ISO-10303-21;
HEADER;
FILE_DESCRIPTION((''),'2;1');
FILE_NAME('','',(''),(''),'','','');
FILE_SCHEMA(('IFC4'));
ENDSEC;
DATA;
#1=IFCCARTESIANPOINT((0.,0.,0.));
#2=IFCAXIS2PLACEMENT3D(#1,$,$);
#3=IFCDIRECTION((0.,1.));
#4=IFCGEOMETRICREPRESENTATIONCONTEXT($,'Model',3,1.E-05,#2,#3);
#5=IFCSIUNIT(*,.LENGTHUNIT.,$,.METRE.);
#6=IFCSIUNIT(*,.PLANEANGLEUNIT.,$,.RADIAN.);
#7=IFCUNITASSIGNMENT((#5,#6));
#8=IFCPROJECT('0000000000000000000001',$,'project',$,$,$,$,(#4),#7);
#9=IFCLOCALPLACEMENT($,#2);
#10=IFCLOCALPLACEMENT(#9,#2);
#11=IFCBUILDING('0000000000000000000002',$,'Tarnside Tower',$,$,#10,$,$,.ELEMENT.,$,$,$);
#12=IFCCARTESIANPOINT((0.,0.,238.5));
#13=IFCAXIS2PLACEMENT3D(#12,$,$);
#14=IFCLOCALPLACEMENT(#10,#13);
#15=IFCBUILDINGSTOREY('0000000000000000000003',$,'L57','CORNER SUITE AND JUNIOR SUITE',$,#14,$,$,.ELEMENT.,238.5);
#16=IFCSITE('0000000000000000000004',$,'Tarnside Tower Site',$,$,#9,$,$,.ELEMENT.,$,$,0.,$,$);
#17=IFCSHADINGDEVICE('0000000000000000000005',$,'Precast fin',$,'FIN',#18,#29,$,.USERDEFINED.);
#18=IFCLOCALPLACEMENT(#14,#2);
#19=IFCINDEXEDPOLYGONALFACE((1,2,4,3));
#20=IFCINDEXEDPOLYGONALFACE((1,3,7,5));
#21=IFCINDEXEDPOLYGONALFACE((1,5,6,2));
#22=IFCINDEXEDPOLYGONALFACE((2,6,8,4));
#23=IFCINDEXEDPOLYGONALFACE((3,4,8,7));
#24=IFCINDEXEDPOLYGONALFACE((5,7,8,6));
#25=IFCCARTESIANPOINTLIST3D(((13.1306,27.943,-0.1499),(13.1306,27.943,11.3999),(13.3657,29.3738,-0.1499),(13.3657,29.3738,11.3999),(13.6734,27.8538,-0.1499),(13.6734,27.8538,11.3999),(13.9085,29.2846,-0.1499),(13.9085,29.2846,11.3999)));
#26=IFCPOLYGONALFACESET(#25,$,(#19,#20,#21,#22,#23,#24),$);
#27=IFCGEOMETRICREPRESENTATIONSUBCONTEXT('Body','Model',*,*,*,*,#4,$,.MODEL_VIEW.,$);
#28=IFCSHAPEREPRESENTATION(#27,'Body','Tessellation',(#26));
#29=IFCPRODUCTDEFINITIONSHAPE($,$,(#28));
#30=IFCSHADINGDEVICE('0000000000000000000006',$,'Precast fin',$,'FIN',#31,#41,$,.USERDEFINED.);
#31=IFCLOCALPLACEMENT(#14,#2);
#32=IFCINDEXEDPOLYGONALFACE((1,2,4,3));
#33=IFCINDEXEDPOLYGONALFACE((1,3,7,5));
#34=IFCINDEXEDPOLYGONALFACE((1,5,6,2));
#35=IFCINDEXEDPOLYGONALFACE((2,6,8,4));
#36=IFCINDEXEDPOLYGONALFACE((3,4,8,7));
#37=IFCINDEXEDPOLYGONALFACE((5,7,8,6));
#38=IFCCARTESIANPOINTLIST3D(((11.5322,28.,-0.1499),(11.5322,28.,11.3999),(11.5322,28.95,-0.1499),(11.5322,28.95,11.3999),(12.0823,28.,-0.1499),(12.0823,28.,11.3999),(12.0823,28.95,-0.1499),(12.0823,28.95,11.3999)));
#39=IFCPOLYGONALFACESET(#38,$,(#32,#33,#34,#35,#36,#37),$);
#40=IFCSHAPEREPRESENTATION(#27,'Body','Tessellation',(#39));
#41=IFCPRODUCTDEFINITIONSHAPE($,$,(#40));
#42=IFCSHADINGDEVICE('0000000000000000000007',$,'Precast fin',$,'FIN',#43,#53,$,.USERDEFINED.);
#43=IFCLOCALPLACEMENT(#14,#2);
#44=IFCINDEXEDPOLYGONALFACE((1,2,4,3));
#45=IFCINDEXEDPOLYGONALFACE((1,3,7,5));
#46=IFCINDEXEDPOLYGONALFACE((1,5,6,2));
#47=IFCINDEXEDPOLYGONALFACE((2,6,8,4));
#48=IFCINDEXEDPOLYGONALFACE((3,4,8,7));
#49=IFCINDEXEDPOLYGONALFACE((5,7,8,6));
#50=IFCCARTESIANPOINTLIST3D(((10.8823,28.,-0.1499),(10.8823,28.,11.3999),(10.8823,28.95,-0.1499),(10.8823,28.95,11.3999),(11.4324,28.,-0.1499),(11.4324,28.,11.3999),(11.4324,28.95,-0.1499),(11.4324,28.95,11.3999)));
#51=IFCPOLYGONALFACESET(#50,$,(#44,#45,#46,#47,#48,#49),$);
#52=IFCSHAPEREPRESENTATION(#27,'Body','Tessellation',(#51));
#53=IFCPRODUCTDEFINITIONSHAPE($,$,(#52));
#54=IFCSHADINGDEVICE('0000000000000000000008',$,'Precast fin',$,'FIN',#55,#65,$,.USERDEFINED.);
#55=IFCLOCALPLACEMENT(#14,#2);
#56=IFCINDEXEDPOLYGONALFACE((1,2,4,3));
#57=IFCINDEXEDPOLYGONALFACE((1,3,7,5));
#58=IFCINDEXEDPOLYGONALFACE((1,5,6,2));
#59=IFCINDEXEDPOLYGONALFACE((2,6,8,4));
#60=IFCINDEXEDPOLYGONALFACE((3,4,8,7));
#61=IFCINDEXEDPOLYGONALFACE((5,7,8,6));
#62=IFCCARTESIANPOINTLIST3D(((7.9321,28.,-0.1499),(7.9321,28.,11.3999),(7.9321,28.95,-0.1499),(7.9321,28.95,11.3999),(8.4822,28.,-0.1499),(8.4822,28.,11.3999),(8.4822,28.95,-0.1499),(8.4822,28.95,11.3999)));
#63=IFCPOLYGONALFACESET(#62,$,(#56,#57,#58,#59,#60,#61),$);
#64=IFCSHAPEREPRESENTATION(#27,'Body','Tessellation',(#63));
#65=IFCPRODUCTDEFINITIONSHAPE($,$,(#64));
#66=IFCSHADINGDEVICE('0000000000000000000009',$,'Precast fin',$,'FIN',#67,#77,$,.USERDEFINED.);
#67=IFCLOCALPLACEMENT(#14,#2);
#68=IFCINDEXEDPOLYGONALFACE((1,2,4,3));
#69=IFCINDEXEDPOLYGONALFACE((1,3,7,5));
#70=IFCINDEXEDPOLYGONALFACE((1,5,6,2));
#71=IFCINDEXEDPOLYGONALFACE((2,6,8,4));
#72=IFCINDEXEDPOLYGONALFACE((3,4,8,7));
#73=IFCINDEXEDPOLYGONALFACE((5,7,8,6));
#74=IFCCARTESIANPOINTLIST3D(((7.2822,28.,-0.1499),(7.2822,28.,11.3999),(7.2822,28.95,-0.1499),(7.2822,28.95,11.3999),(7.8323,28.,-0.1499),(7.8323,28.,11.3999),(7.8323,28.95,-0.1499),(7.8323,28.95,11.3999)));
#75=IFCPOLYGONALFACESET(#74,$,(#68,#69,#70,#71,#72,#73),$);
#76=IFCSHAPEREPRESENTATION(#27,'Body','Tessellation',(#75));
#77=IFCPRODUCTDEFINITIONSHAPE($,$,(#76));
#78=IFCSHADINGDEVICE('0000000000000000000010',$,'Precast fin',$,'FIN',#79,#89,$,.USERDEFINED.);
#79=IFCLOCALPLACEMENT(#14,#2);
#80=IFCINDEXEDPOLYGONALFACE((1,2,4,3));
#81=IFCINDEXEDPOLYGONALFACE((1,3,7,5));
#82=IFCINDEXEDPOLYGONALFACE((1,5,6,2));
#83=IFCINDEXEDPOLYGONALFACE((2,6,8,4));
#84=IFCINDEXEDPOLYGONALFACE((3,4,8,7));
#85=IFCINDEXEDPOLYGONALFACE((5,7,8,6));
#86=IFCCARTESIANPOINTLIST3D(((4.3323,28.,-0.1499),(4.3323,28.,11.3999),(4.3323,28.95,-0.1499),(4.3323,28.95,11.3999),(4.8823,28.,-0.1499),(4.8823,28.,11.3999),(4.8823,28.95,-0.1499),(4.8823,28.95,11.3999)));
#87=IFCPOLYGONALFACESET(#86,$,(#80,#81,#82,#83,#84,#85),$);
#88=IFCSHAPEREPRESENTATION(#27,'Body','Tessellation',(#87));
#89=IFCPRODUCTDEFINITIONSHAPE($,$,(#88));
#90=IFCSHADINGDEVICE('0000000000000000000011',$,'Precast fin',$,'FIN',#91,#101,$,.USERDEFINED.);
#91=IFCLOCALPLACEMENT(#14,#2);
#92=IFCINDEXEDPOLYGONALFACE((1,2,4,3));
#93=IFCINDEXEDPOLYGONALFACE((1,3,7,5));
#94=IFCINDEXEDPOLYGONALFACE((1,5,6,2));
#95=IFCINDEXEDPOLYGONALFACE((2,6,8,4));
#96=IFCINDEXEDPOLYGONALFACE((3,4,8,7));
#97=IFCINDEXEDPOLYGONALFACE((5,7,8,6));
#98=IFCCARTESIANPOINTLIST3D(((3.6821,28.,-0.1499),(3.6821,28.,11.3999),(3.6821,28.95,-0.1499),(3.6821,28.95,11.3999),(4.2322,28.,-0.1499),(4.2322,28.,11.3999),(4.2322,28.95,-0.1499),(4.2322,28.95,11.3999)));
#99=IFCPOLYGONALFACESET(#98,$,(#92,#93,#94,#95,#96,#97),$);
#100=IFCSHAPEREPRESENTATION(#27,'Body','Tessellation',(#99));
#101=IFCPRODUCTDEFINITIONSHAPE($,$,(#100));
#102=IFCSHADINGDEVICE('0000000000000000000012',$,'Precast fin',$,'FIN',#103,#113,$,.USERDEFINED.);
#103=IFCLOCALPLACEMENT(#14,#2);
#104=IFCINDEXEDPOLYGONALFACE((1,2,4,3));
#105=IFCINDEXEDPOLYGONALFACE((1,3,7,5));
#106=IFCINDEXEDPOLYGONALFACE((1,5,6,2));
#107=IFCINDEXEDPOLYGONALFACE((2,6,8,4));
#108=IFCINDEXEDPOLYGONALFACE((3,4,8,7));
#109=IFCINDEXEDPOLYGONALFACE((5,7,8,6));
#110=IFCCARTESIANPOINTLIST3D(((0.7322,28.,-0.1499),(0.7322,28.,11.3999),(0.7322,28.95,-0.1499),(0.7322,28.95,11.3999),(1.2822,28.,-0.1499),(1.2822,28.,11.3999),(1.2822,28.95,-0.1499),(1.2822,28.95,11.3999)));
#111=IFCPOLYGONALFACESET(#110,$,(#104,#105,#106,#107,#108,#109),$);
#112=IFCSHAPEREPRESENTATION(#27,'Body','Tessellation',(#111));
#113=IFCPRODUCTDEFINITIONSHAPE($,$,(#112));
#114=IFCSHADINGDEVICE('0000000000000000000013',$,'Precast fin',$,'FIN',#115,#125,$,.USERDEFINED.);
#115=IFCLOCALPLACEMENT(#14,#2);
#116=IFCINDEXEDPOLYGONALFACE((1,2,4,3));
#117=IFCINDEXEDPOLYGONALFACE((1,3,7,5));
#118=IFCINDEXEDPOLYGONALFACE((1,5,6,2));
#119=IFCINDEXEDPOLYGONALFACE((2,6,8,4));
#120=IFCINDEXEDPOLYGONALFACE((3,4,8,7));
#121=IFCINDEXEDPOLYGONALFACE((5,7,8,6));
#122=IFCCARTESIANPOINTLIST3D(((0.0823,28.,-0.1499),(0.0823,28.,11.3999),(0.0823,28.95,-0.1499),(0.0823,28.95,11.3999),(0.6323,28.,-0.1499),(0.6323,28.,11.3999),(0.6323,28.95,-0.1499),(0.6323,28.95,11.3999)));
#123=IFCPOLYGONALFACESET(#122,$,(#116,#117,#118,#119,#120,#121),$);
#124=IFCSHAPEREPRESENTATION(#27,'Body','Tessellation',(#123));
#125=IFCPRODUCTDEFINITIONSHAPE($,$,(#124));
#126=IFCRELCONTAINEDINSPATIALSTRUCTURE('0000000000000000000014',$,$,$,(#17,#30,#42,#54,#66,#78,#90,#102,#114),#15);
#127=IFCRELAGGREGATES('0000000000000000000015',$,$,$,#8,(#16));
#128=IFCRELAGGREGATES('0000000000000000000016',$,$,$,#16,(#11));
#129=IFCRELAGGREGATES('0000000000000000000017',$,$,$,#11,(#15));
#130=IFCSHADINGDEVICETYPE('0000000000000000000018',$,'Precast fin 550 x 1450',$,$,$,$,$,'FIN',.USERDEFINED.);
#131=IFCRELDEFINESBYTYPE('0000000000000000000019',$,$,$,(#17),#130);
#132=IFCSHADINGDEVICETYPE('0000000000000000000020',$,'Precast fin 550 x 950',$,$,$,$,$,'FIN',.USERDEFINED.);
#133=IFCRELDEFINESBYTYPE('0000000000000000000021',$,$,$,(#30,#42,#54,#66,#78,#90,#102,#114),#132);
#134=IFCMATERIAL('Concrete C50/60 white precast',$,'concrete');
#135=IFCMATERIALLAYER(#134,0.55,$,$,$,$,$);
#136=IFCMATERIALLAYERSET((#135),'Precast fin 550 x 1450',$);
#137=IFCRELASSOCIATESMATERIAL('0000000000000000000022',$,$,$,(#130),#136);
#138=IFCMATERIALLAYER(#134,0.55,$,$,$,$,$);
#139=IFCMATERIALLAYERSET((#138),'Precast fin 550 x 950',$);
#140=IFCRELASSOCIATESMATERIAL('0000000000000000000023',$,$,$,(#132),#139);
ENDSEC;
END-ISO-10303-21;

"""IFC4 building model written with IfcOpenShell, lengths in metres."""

from ifc_helpers import new_model, si_unit, direction, frame, origin, place, context, subcontext, project, spatial, polyline, outline, extrude, material, layer, layer_set, type_object, element, save


model = new_model("IFC4")

# Units and contexts
model_context = context("Model", 3, precision=1e-05, world=origin(), true_north=direction((0.0, 1.0)))
body_context = subcontext(model_context, "Body", "Model", "MODEL_VIEW")
ifc_project = project(units=[si_unit("LENGTHUNIT", "METRE"), si_unit("PLANEANGLEUNIT", "RADIAN")], contexts=[model_context])

# Site, building, storey
site_placement = place(None, origin())
site = spatial("IfcSite", under=ifc_project, at=site_placement, Name="Tarnside Tower Site", CompositionType="ELEMENT", RefElevation=0.0)
building_placement = place(site_placement, origin())
building = spatial("IfcBuilding", under=site, at=building_placement, Name="Tarnside Tower", CompositionType="ELEMENT")
storey_placement = place(building_placement, frame((0.0, 0.0, 238.5)))
storey = spatial("IfcBuildingStorey", under=building, at=storey_placement, Name="L57", Description="CORNER SUITE AND JUNIOR SUITE", CompositionType="ELEMENT", Elevation=238.5)

# Shading devices
ifc_material_1 = material(Name="Concrete C50/60 white precast", Category="concrete")
ifc_layer_1 = layer(ifc_material_1, 0.55)
ifc_layer_set_1 = layer_set([ifc_layer_1], Name="Precast fin 550 x 1450")
shading_device_type_1 = type_object("IfcShadingDeviceType", Name="Precast fin 550 x 1450", ElementType="FIN", PredefinedType="USERDEFINED", material=ifc_layer_set_1)
shading_device_placement = place(storey_placement, frame((13.4019, 27.8984, -0.1499), z_axis=(0.986762, -0.162178, 0.0), x_axis=(0.162178, 0.986762, 0.0)))
element("IfcShadingDevice", 1, at=shading_device_placement, inside=storey, type_object=shading_device_type_1, Name="Precast fin", ObjectType="FIN", PredefinedType="USERDEFINED", context=body_context, shape_type="SweptSolid", body=[
    extrude(outline(polyline([(0.0, 0.0), (1.45, 0.0), (1.45, 11.5498), (0.0, 11.5498), (0.0, 0.0)])), frame((0.0, 0.0, -0.2749)), (0.0, 0.0, 1.0), 0.55),
])
ifc_layer_2 = layer(ifc_material_1, 0.55)
ifc_layer_set_2 = layer_set([ifc_layer_2], Name="Precast fin 550 x 950")
shading_device_type_2 = type_object("IfcShadingDeviceType", Name="Precast fin 550 x 950", ElementType="FIN", PredefinedType="USERDEFINED", material=ifc_layer_set_2)
for number, where, z_axis, x_axis, name in (
    (2, (11.8071, 28.0, -0.1499), (1.0, 0.0, 0.0), (0.0, 1.0, 0.0), "Precast fin"),
    (3, (11.1572, 28.0, -0.1499), (1.0, 0.0, 0.0), (0.0, 1.0, 0.0), "Precast fin"),
    (4, (8.207, 28.0, -0.1499), (1.0, 0.0, 0.0), (0.0, 1.0, 0.0), "Precast fin"),
    (5, (7.5571, 28.0, -0.1499), (1.0, 0.0, 0.0), (0.0, 1.0, 0.0), "Precast fin"),
    (6, (4.6072, 28.0, -0.1499), (1.0, 0.0, 0.0), (0.0, 1.0, 0.0), "Precast fin"),
    (7, (3.957, 28.0, -0.1499), (1.0, 0.0, 0.0), (0.0, 1.0, 0.0), "Precast fin"),
    (8, (1.0071, 28.0, -0.1499), (1.0, 0.0, 0.0), (0.0, 1.0, 0.0), "Precast fin"),
    (9, (0.3572, 28.0, -0.1499), (1.0, 0.0, 0.0), (0.0, 1.0, 0.0), "Precast fin"),
):
    element("IfcShadingDevice", number, at=place(storey_placement, frame(where, z_axis=z_axis, x_axis=x_axis)), inside=storey, type_object=shading_device_type_2, Name=name, ObjectType="FIN", PredefinedType="USERDEFINED", context=body_context, shape_type="SweptSolid", body=[
        extrude(outline(polyline([(0.0, 0.0), (0.95, 0.0), (0.95, 11.5498), (0.0, 11.5498), (0.0, 0.0)])), frame((0.0, 0.0, -0.2749)), (0.0, 0.0, 1.0), 0.55),
    ])

save(model, "model.ifc")
